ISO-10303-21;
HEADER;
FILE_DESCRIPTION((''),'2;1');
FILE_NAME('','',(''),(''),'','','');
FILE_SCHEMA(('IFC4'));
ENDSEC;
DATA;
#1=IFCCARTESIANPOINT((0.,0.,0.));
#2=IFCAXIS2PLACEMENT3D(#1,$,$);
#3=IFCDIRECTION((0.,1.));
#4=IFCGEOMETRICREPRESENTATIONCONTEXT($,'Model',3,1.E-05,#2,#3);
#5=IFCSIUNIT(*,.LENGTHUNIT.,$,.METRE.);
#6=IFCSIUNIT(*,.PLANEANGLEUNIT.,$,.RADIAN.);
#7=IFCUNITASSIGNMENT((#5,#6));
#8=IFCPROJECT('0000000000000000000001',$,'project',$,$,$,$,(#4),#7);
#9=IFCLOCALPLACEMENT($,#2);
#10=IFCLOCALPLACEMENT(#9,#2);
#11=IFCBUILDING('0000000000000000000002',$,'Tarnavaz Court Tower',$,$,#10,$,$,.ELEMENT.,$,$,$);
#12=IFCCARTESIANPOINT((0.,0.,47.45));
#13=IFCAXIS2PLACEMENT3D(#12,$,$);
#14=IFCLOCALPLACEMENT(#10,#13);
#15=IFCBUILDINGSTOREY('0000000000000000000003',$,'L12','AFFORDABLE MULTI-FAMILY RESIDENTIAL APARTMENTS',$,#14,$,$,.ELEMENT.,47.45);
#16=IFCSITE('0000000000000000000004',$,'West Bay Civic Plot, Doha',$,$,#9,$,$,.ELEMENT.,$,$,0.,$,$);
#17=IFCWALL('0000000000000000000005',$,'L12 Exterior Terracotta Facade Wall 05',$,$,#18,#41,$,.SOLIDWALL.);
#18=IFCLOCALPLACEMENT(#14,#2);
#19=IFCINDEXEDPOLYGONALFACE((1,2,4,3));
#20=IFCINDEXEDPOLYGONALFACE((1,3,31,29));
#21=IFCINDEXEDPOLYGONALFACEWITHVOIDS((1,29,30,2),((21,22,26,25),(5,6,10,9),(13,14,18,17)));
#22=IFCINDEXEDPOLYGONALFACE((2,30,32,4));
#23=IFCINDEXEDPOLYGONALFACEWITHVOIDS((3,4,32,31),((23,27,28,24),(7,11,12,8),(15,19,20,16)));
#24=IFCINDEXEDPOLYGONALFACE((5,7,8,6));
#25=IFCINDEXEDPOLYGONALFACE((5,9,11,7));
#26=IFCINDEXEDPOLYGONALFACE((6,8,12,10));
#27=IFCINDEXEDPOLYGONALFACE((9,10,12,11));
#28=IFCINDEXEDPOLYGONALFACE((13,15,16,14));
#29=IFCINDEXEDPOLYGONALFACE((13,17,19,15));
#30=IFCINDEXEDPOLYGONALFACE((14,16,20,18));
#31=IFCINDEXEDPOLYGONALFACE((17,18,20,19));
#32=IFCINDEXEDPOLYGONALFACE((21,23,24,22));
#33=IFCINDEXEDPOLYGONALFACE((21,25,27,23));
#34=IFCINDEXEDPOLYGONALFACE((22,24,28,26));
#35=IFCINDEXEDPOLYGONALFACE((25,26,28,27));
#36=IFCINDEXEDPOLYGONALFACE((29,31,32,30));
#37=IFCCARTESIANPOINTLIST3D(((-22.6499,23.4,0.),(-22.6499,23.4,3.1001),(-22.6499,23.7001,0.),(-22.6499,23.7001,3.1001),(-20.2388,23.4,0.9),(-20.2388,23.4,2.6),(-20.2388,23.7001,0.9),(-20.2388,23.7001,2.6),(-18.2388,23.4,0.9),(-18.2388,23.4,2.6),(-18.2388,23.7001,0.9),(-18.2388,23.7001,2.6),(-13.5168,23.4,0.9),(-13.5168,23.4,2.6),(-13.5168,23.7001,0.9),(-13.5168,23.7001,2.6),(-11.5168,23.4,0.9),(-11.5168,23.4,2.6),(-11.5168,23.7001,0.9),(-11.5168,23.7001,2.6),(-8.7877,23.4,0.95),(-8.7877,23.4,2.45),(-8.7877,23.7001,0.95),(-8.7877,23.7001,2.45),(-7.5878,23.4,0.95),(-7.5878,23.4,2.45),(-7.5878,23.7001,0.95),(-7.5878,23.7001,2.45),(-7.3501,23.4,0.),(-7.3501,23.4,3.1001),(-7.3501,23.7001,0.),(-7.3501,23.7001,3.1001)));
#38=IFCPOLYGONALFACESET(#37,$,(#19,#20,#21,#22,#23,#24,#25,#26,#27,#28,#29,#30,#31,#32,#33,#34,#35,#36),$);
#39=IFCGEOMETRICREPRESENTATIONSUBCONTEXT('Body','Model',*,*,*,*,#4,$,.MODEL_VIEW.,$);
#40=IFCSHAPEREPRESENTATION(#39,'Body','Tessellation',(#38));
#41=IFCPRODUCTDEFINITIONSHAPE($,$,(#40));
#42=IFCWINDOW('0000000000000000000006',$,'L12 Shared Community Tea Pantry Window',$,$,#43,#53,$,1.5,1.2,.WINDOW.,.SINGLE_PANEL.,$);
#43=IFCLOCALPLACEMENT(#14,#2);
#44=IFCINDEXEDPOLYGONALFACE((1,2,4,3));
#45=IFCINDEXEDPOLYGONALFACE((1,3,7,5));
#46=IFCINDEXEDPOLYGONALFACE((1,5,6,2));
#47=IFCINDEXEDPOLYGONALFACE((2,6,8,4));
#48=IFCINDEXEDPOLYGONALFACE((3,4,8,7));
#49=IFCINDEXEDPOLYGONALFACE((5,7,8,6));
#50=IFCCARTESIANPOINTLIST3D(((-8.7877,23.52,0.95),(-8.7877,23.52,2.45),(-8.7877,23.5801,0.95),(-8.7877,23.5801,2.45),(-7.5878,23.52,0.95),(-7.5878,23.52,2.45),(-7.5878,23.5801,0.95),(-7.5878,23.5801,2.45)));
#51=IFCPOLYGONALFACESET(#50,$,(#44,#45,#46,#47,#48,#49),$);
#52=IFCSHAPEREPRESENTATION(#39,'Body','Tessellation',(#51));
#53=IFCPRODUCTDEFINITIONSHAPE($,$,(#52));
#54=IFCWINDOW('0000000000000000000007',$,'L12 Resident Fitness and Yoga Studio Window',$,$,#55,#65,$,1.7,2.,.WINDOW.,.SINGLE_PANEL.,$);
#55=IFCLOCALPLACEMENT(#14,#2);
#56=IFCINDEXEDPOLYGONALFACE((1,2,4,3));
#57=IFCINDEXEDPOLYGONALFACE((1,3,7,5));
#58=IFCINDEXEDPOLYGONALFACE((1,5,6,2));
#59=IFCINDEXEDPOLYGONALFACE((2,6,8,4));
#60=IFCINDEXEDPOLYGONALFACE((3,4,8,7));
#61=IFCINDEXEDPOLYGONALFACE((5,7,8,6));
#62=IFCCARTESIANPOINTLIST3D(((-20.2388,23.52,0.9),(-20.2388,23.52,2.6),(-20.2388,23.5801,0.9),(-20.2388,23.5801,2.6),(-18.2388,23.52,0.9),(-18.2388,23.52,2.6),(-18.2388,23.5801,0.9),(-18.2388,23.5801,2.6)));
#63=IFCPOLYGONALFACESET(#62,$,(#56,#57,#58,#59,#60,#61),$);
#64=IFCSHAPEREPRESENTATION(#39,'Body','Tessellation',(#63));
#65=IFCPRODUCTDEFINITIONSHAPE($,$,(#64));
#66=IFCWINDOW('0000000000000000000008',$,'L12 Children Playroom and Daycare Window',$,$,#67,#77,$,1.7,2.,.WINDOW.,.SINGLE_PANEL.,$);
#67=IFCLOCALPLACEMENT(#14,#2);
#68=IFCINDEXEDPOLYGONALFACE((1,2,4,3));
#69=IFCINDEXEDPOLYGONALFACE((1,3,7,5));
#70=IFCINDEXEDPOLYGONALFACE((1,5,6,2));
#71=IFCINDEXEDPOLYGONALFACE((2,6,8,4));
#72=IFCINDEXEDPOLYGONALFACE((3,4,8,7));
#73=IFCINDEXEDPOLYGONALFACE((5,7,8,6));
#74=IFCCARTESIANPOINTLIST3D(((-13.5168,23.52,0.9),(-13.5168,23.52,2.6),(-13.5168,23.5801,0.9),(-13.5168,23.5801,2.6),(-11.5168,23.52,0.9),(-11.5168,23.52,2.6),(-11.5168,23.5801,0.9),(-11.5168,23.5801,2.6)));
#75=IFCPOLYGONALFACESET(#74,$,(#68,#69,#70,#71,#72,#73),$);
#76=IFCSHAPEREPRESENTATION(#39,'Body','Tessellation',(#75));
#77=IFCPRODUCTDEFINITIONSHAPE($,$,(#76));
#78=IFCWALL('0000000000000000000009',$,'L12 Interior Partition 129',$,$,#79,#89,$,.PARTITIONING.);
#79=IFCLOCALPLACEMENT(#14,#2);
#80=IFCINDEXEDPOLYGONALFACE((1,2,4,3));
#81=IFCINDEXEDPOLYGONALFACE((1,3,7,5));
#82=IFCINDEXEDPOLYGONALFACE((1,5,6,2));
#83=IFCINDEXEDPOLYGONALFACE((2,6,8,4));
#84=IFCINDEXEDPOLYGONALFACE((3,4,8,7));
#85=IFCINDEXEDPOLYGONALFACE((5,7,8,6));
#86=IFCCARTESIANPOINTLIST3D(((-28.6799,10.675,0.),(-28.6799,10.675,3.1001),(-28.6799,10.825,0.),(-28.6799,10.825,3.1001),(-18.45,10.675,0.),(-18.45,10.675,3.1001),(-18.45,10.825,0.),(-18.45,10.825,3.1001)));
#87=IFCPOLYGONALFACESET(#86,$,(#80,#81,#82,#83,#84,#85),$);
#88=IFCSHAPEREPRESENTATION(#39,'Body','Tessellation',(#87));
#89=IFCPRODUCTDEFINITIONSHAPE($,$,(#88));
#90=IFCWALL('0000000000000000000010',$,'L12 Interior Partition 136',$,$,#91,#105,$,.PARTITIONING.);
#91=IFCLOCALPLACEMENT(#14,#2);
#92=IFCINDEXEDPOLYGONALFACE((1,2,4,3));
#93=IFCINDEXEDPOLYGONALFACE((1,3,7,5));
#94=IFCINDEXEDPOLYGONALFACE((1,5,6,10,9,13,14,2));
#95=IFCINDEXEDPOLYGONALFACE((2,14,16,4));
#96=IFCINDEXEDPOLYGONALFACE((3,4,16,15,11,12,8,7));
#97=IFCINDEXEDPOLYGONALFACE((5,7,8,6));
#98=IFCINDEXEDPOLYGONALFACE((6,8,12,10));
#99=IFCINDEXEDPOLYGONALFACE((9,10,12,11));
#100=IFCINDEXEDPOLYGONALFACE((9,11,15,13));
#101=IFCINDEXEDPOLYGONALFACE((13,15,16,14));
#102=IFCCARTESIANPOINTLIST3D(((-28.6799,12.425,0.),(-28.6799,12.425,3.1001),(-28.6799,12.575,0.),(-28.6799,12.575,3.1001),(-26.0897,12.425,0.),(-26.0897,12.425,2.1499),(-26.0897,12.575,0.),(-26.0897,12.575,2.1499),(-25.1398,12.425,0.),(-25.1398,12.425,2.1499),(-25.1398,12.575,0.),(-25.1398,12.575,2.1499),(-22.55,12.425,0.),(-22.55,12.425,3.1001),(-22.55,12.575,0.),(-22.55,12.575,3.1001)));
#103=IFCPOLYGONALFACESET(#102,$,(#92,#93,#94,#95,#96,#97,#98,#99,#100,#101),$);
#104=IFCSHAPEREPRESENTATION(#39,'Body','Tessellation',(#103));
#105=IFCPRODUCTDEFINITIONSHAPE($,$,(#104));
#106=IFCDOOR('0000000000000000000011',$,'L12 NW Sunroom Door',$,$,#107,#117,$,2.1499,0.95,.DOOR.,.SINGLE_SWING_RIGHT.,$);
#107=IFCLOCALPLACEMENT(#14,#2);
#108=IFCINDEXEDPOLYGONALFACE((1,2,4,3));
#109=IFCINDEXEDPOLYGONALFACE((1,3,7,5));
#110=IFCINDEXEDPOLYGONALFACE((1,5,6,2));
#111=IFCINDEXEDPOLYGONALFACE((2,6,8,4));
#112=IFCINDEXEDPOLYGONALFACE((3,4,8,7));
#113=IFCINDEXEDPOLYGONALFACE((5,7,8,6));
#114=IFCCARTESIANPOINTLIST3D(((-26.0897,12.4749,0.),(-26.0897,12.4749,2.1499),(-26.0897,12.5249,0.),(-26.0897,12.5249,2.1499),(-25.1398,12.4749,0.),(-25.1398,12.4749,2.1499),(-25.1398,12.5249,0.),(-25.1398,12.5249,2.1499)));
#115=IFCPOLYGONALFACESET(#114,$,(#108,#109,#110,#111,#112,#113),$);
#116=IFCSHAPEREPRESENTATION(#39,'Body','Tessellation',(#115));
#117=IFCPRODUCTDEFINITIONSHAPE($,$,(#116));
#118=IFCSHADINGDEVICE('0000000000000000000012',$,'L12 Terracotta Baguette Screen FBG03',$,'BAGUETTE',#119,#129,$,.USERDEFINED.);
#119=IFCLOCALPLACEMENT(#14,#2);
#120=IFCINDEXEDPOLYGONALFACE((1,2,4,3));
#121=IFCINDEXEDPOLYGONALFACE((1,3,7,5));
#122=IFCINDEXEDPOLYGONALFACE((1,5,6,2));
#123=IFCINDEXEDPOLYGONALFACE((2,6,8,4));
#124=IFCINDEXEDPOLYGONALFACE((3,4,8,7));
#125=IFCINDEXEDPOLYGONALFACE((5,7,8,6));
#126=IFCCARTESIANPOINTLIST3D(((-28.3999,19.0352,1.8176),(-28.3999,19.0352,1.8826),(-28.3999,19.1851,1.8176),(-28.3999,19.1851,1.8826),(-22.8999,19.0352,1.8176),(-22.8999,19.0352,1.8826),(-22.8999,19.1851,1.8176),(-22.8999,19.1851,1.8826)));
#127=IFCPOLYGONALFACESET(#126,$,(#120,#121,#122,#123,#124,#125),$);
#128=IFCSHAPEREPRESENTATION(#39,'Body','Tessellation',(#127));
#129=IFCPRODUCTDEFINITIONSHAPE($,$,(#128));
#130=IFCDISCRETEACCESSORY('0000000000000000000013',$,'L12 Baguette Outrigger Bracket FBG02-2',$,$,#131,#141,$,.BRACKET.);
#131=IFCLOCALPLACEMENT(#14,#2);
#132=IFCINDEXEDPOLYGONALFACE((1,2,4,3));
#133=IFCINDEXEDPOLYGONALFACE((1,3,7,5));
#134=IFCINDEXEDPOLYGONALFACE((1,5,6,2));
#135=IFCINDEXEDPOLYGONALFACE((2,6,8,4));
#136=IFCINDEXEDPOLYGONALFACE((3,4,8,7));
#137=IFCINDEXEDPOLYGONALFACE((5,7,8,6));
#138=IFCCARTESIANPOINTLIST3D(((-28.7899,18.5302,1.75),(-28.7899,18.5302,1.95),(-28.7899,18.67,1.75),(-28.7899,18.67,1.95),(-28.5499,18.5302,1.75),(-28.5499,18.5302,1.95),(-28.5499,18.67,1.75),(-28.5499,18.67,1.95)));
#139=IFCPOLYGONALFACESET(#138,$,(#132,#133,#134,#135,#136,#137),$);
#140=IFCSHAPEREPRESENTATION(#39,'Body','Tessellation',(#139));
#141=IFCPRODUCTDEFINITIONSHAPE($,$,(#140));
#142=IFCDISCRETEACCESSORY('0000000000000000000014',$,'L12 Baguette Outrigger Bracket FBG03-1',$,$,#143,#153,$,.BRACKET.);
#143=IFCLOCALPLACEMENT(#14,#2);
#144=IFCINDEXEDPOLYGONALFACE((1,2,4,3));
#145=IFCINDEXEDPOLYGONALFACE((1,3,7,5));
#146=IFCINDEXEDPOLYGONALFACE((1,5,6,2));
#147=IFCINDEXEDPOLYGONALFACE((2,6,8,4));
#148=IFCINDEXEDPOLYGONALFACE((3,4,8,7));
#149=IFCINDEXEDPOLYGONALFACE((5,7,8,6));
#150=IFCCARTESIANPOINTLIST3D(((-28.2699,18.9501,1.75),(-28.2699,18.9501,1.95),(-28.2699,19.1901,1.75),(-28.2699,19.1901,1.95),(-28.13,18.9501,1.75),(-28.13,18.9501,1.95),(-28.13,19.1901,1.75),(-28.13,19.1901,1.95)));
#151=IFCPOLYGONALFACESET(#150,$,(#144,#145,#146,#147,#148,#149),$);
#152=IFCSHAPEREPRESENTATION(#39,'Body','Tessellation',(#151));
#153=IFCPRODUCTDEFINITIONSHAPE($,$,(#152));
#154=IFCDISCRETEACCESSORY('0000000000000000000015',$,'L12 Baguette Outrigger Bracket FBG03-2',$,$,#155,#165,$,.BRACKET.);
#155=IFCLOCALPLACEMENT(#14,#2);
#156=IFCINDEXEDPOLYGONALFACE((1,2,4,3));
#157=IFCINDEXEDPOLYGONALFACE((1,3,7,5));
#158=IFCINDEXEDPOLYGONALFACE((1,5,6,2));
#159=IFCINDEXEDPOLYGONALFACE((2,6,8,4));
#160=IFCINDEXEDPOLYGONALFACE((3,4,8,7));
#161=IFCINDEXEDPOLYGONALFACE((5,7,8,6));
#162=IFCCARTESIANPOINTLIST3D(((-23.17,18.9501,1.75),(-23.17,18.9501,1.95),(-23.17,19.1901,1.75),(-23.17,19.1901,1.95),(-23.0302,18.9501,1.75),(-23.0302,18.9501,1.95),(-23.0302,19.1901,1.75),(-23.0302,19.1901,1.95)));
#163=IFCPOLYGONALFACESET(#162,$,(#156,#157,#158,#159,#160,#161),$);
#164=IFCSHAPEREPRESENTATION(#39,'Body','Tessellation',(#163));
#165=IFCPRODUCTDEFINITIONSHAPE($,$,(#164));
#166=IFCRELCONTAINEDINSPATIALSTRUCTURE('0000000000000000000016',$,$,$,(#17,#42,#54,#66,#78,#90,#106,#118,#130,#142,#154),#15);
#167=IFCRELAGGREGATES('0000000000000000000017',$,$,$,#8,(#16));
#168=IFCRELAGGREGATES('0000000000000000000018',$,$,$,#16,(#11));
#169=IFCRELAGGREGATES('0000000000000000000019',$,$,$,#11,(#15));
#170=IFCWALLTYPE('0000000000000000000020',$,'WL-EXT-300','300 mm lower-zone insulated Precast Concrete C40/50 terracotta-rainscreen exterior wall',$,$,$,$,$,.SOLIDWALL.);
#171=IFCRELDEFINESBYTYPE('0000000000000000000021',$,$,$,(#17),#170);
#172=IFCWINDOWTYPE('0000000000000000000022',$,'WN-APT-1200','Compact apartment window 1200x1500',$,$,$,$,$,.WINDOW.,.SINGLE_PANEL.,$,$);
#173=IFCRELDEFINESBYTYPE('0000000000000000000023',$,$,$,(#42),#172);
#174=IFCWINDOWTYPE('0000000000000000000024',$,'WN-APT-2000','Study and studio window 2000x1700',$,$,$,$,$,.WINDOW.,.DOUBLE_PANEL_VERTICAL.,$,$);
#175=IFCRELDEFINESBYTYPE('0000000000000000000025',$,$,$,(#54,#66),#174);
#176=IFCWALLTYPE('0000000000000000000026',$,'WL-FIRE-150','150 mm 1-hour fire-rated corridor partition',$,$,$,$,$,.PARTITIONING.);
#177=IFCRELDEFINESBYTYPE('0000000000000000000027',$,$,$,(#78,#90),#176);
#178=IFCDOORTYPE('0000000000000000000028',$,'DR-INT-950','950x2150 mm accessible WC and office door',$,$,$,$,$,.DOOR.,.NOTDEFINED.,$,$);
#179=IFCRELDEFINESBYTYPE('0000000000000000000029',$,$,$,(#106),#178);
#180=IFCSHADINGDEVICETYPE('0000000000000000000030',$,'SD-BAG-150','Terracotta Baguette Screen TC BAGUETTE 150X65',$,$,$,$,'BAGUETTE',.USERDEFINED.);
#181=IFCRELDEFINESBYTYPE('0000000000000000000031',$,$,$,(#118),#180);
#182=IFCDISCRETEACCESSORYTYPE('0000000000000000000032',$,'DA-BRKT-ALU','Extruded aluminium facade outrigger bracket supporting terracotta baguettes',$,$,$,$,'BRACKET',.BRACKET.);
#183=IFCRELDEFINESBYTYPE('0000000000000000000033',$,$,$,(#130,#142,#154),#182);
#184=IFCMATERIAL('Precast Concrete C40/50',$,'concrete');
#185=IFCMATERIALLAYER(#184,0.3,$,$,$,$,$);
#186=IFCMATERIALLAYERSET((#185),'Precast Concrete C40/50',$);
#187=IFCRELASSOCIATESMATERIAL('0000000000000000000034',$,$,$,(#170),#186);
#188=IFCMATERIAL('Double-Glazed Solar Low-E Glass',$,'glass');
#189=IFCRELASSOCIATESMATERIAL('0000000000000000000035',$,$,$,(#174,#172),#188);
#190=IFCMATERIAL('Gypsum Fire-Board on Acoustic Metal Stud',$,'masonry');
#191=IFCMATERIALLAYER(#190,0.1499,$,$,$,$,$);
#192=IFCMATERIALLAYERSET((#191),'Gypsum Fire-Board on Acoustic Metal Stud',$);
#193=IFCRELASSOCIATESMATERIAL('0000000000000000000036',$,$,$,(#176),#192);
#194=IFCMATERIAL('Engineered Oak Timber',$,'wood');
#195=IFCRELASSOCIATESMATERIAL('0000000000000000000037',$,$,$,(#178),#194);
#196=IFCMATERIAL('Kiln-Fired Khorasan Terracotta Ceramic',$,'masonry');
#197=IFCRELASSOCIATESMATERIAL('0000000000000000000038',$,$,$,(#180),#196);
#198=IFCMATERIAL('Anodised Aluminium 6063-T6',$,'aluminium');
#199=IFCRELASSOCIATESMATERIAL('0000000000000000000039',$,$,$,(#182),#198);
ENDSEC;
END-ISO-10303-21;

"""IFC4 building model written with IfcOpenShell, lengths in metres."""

from ifc_helpers import new_model, si_unit, direction, frame, frame_2d, origin, origin_2d, place, context, subcontext, project, spatial, rectangle, extrude, material, layer, layer_set, material_profile, profile_set, type_object, element, fill, save


model = new_model("IFC4")

# Units and contexts
model_context = context("Model", 3, precision=1e-05, world=origin(), true_north=direction((0.0, 1.0)))
body_context = subcontext(model_context, "Body", "Model", "MODEL_VIEW")
ifc_project = project(units=[si_unit("LENGTHUNIT", "METRE"), si_unit("PLANEANGLEUNIT", "RADIAN")], contexts=[model_context])

# Site, building, storey
site_placement = place(None, origin())
site = spatial("IfcSite", under=ifc_project, at=site_placement, Name="West Bay Civic Plot, Doha", CompositionType="ELEMENT", RefElevation=0.0)
building_placement = place(site_placement, origin())
building = spatial("IfcBuilding", under=site, at=building_placement, Name="Tarnavaz Court Tower", CompositionType="ELEMENT")
storey_placement = place(building_placement, frame((0.0, 0.0, 47.45)))
storey = spatial("IfcBuildingStorey", under=building, at=storey_placement, Name="L12", Description="AFFORDABLE MULTI-FAMILY RESIDENTIAL APARTMENTS", CompositionType="ELEMENT", Elevation=47.45)

# Shared definitions
ifc_material_1 = material(Name="Precast Concrete C40/50", Category="concrete")
ifc_layer_1 = layer(ifc_material_1, 0.3)
ifc_layer_set_1 = layer_set([ifc_layer_1], Name="Precast Concrete C40/50")
wall_type_1 = type_object("IfcWallType", Name="WL-EXT-300", Description="300 mm lower-zone insulated Precast Concrete C40/50 terracotta-rainscreen exterior wall", PredefinedType="SOLIDWALL", material=ifc_layer_set_1)
ifc_material_2 = material(Name="Double-Glazed Solar Low-E Glass", Category="glass")
window_type_1 = type_object("IfcWindowType", Name="WN-APT-2000", Description="Study and studio window 2000x1700", PartitioningType="DOUBLE_PANEL_VERTICAL", PredefinedType="WINDOW", material=ifc_material_2)

# Wall, openings, windows
wall_1_placement = place(storey_placement, frame((-22.6499, 23.55, 0.0), z_axis=(0.0, 0.0, 1.0), x_axis=(1.0, 0.0, 0.0)))
wall_1 = element("IfcWall", 1, at=wall_1_placement, inside=storey, type_object=wall_type_1, Name="L12 Exterior Terracotta Facade Wall 05", PredefinedType="SOLIDWALL", context=body_context, shape_type="SweptSolid", body=[
    extrude(rectangle(XDim=15.2998, YDim=0.3, at=frame_2d((7.6499, 0.0))), origin(), (0.0, 0.0, 1.0), 3.1001),
])
opening_1_placement = place(wall_1_placement, frame((2.4111, 0.0, 0.8999)))
opening_1 = element("IfcOpeningElement", 2, at=opening_1_placement, cuts=wall_1, PredefinedType="OPENING", context=body_context, shape_type="SweptSolid", body=[
    extrude(rectangle(XDim=2.0, YDim=1.7, at=frame_2d((1.0, 0.8501))), frame((0.0, 0.1599, 0.0), z_axis=(0.0, -1.0, 0.0), x_axis=(1.0, 0.0, 0.0)), (0.0, 0.0, 1.0), 0.3201),
])
opening_2_placement = place(wall_1_placement, frame((9.1331, 0.0, 0.8999)))
opening_2 = element("IfcOpeningElement", 3, at=opening_2_placement, cuts=wall_1, PredefinedType="OPENING", context=body_context, shape_type="SweptSolid", body=[
    extrude(rectangle(XDim=2.0, YDim=1.7, at=frame_2d((1.0, 0.8501))), frame((0.0, 0.1599, 0.0), z_axis=(0.0, -1.0, 0.0), x_axis=(1.0, 0.0, 0.0)), (0.0, 0.0, 1.0), 0.3201),
])
opening_3_placement = place(wall_1_placement, frame((13.8621, 0.0, 0.95)))
opening_3 = element("IfcOpeningElement", 4, at=opening_3_placement, cuts=wall_1, PredefinedType="OPENING", context=body_context, shape_type="SweptSolid", body=[
    extrude(rectangle(XDim=1.2, YDim=1.5, at=frame_2d((0.6001, 0.75))), frame((0.0, 0.1599, 0.0), z_axis=(0.0, -1.0, 0.0), x_axis=(1.0, 0.0, 0.0)), (0.0, 0.0, 1.0), 0.3201),
])
window_type_2 = type_object("IfcWindowType", Name="WN-APT-1200", Description="Compact apartment window 1200x1500", PartitioningType="SINGLE_PANEL", PredefinedType="WINDOW", material=ifc_material_2)
window_1_placement = place(opening_3_placement, origin())
window_1 = element("IfcWindow", 5, at=window_1_placement, inside=storey, type_object=window_type_2, Name="L12 Shared Community Tea Pantry Window", OverallHeight=1.5, OverallWidth=1.2, PartitioningType="SINGLE_PANEL", PredefinedType="WINDOW", context=body_context, shape_type="SweptSolid", body=[
    extrude(rectangle(XDim=1.2, YDim=1.5, at=frame_2d((0.6001, 0.75))), frame((0.0, 0.03, 0.0), z_axis=(0.0, -1.0, 0.0), x_axis=(1.0, 0.0, 0.0)), (0.0, 0.0, 1.0), 0.0601),
])
fill(opening_3, window_1)
window_2_placement = place(opening_1_placement, origin())
window_2 = element("IfcWindow", 6, at=window_2_placement, inside=storey, type_object=window_type_1, Name="L12 Resident Fitness and Yoga Studio Window", OverallHeight=1.7, OverallWidth=2.0, PartitioningType="SINGLE_PANEL", PredefinedType="WINDOW", context=body_context, shape_type="SweptSolid", body=[
    extrude(rectangle(XDim=2.0, YDim=1.7, at=frame_2d((1.0, 0.8501))), frame((0.0, 0.03, 0.0), z_axis=(0.0, -1.0, 0.0), x_axis=(1.0, 0.0, 0.0)), (0.0, 0.0, 1.0), 0.0601),
])
fill(opening_1, window_2)
window_3_placement = place(opening_2_placement, origin())
window_3 = element("IfcWindow", 7, at=window_3_placement, inside=storey, type_object=window_type_1, Name="L12 Children Playroom and Daycare Window", OverallHeight=1.7, OverallWidth=2.0, PartitioningType="SINGLE_PANEL", PredefinedType="WINDOW", context=body_context, shape_type="SweptSolid", body=[
    extrude(rectangle(XDim=2.0, YDim=1.7, at=frame_2d((1.0, 0.8501))), frame((0.0, 0.03, 0.0), z_axis=(0.0, -1.0, 0.0), x_axis=(1.0, 0.0, 0.0)), (0.0, 0.0, 1.0), 0.0601),
])
fill(opening_2, window_3)

# Wall
ifc_material_3 = material(Name="Gypsum Fire-Board on Acoustic Metal Stud", Category="masonry")
ifc_layer_2 = layer(ifc_material_3, 0.1499)
ifc_layer_set_2 = layer_set([ifc_layer_2], Name="Gypsum Fire-Board on Acoustic Metal Stud")
wall_type_2 = type_object("IfcWallType", Name="WL-FIRE-150", Description="150 mm 1-hour fire-rated corridor partition", PredefinedType="PARTITIONING", material=ifc_layer_set_2)
wall_2_placement = place(storey_placement, frame((-28.6799, 10.75, 0.0), z_axis=(0.0, 0.0, 1.0), x_axis=(1.0, 0.0, 0.0)))
element("IfcWall", 8, at=wall_2_placement, inside=storey, type_object=wall_type_2, Name="L12 Interior Partition 129", PredefinedType="PARTITIONING", context=body_context, shape_type="SweptSolid", body=[
    extrude(rectangle(XDim=10.23, YDim=0.1499, at=frame_2d((5.115, 0.0))), origin(), (0.0, 0.0, 1.0), 3.1001),
])

# Wall, opening, door
wall_3_placement = place(storey_placement, frame((-28.6799, 12.5, 0.0), z_axis=(0.0, 0.0, 1.0), x_axis=(1.0, 0.0, 0.0)))
wall_3 = element("IfcWall", 9, at=wall_3_placement, inside=storey, type_object=wall_type_2, Name="L12 Interior Partition 136", PredefinedType="PARTITIONING", context=body_context, shape_type="SweptSolid", body=[
    extrude(rectangle(XDim=6.1299, YDim=0.1499, at=frame_2d((3.0649, 0.0))), origin(), (0.0, 0.0, 1.0), 3.1001),
])
opening_4_placement = place(wall_3_placement, frame((2.5901, 0.0, 0.0)))
opening_4 = element("IfcOpeningElement", 10, at=opening_4_placement, cuts=wall_3, PredefinedType="OPENING", context=body_context, shape_type="SweptSolid", body=[
    extrude(rectangle(XDim=0.95, YDim=2.1499, at=frame_2d((0.4751, 1.075))), frame((0.0, 0.085, 0.0), z_axis=(0.0, -1.0, 0.0), x_axis=(1.0, 0.0, 0.0)), (0.0, 0.0, 1.0), 0.1699),
])
ifc_material_4 = material(Name="Engineered Oak Timber", Category="wood")
door_type = type_object("IfcDoorType", Name="DR-INT-950", Description="950x2150 mm accessible WC and office door", OperationType="NOTDEFINED", PredefinedType="DOOR", material=ifc_material_4)
door_placement = place(opening_4_placement, origin())
door = element("IfcDoor", 11, at=door_placement, inside=storey, type_object=door_type, Name="L12 NW Sunroom Door", OperationType="SINGLE_SWING_RIGHT", OverallHeight=2.1499, OverallWidth=0.95, PredefinedType="DOOR", context=body_context, shape_type="SweptSolid", body=[
    extrude(rectangle(XDim=0.95, YDim=2.1499, at=frame_2d((0.4751, 1.075))), frame((0.0, 0.0249, 0.0), z_axis=(0.0, -1.0, 0.0), x_axis=(1.0, 0.0, 0.0)), (0.0, 0.0, 1.0), 0.05),
])
fill(opening_4, door)

# Shading device
ifc_material_5 = material(Name="Kiln-Fired Khorasan Terracotta Ceramic", Category="masonry")
ifc_material_profile_1 = material_profile(ifc_material_5, rectangle(XDim=0.1499, YDim=0.0649, at=origin_2d()), Name="TC BAGUETTE 150X65")
ifc_profile_set_1 = profile_set([ifc_material_profile_1], Name="Kiln-Fired Khorasan Terracotta Ceramic")
shading_device_type = type_object("IfcShadingDeviceType", Name="SD-BAG-150", Description="Terracotta Baguette Screen TC BAGUETTE 150X65", ElementType="BAGUETTE", PredefinedType="USERDEFINED", material=ifc_profile_set_1)
shading_device_placement = place(storey_placement, frame((-28.3999, 19.1101, 1.8501), z_axis=(1.0, 0.0, 0.0), x_axis=(0.0, 1.0, 0.0)))
element("IfcShadingDevice", 12, at=shading_device_placement, inside=storey, type_object=shading_device_type, Name="L12 Terracotta Baguette Screen FBG03", ObjectType="BAGUETTE", PredefinedType="USERDEFINED", context=body_context, shape_type="SweptSolid", body=[
    extrude(rectangle(XDim=0.1499, YDim=0.0649, at=origin_2d()), origin(), (0.0, 0.0, 1.0), 5.5),
])

# Discrete accessories
ifc_material_6 = material(Name="Anodised Aluminium 6063-T6", Category="aluminium")
discrete_accessory_type = type_object("IfcDiscreteAccessoryType", Name="DA-BRKT-ALU", Description="Extruded aluminium facade outrigger bracket supporting terracotta baguettes", ElementType="BRACKET", PredefinedType="BRACKET", material=ifc_material_6)
for number, where, z_axis, x_axis, name in (
    (13, (-28.6699, 18.6001, 1.75), (0.0, 0.0, 1.0), (0.0, 1.0, 0.0), "L12 Baguette Outrigger Bracket FBG02-2"),
    (14, (-28.2, 19.0701, 1.75), (0.0, 0.0, 1.0), (1.0, 0.0, 0.0), "L12 Baguette Outrigger Bracket FBG03-1"),
    (15, (-23.1001, 19.0701, 1.75), (0.0, 0.0, 1.0), (1.0, 0.0, 0.0), "L12 Baguette Outrigger Bracket FBG03-2"),
):
    element("IfcDiscreteAccessory", number, at=place(storey_placement, frame(where, z_axis=z_axis, x_axis=x_axis)), inside=storey, type_object=discrete_accessory_type, Name=name, PredefinedType="BRACKET", context=body_context, shape_type="SweptSolid", body=[
        extrude(rectangle(XDim=0.1399, YDim=0.24, at=origin_2d()), origin(), (0.0, 0.0, 1.0), 0.2),
    ])

save(model, "model.ifc")
